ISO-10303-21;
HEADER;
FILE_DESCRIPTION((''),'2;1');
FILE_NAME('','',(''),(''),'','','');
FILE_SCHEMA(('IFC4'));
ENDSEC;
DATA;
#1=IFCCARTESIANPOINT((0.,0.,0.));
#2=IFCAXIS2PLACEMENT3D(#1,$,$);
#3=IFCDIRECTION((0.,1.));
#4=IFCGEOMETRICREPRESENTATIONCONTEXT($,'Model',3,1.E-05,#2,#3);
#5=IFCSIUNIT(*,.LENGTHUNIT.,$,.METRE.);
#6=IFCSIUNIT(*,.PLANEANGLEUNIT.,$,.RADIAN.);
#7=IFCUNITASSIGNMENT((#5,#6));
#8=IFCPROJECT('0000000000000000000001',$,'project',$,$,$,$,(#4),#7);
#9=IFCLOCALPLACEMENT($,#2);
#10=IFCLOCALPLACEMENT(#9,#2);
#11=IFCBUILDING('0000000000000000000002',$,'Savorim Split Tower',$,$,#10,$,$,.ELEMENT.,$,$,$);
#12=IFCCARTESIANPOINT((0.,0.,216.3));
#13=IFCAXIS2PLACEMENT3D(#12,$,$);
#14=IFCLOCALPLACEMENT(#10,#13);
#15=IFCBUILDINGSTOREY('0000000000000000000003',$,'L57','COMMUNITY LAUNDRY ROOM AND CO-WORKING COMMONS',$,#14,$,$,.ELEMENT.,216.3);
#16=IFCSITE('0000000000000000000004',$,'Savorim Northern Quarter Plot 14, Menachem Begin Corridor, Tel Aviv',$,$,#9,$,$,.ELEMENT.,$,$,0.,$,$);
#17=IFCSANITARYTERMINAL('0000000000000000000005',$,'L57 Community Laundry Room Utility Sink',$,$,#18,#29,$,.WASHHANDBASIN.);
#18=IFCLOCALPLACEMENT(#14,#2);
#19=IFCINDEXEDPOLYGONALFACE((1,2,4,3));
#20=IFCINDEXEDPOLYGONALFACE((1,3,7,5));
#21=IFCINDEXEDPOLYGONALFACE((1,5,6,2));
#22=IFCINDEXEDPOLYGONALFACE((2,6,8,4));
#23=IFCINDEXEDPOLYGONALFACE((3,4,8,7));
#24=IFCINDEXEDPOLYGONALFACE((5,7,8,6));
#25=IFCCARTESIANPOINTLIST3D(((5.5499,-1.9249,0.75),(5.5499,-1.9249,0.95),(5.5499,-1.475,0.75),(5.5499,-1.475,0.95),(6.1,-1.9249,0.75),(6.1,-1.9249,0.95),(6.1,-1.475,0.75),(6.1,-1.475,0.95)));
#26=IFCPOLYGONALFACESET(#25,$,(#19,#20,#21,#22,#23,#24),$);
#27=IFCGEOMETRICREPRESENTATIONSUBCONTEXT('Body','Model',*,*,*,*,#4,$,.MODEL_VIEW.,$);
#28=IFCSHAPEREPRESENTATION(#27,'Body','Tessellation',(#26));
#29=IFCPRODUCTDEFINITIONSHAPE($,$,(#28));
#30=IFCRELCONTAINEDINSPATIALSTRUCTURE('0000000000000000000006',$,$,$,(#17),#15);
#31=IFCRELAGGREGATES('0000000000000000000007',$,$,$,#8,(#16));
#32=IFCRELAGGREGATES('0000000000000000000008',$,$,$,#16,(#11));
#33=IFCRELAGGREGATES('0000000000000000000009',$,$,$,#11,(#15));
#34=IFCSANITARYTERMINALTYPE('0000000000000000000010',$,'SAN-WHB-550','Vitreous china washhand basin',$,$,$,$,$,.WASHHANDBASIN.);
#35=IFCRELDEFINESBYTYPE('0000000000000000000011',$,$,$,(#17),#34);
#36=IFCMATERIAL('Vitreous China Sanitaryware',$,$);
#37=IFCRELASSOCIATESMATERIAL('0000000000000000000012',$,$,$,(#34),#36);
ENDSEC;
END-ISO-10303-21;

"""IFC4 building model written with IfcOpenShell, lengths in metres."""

from ifc_helpers import new_model, si_unit, direction, frame, origin, origin_2d, place, context, subcontext, project, spatial, rectangle, extrude, material, type_object, element, save


model = new_model("IFC4")

# Units and contexts
model_context = context("Model", 3, precision=1e-05, world=origin(), true_north=direction((0.0, 1.0)))
body_context = subcontext(model_context, "Body", "Model", "MODEL_VIEW")
ifc_project = project(units=[si_unit("LENGTHUNIT", "METRE"), si_unit("PLANEANGLEUNIT", "RADIAN")], contexts=[model_context])

# Site, building, storey
site_placement = place(None, origin())
site = spatial("IfcSite", under=ifc_project, at=site_placement, Name="Savorim Northern Quarter Plot 14, Menachem Begin Corridor, Tel Aviv", CompositionType="ELEMENT", RefElevation=0.0)
building_placement = place(site_placement, origin())
building = spatial("IfcBuilding", under=site, at=building_placement, Name="Savorim Split Tower", CompositionType="ELEMENT")
storey_placement = place(building_placement, frame((0.0, 0.0, 216.3)))
storey = spatial("IfcBuildingStorey", under=building, at=storey_placement, Name="L57", Description="COMMUNITY LAUNDRY ROOM AND CO-WORKING COMMONS", CompositionType="ELEMENT", Elevation=216.3)

# Sanitary terminal
ifc_material_1 = material(Name="Vitreous China Sanitaryware")
sanitary_terminal_type = type_object("IfcSanitaryTerminalType", Name="SAN-WHB-550", Description="Vitreous china washhand basin", PredefinedType="WASHHANDBASIN", material=ifc_material_1)
sanitary_terminal_placement = place(storey_placement, frame((5.825, -1.7, 0.75), z_axis=(0.0, 0.0, 1.0), x_axis=(1.0, 0.0, 0.0)))
element("IfcSanitaryTerminal", 1, at=sanitary_terminal_placement, inside=storey, type_object=sanitary_terminal_type, Name="L57 Community Laundry Room Utility Sink", PredefinedType="WASHHANDBASIN", context=body_context, shape_type="SweptSolid", body=[
    extrude(rectangle(XDim=0.55, YDim=0.45, at=origin_2d()), origin(), (0.0, 0.0, 1.0), 0.2),
])

save(model, "model.ifc")
